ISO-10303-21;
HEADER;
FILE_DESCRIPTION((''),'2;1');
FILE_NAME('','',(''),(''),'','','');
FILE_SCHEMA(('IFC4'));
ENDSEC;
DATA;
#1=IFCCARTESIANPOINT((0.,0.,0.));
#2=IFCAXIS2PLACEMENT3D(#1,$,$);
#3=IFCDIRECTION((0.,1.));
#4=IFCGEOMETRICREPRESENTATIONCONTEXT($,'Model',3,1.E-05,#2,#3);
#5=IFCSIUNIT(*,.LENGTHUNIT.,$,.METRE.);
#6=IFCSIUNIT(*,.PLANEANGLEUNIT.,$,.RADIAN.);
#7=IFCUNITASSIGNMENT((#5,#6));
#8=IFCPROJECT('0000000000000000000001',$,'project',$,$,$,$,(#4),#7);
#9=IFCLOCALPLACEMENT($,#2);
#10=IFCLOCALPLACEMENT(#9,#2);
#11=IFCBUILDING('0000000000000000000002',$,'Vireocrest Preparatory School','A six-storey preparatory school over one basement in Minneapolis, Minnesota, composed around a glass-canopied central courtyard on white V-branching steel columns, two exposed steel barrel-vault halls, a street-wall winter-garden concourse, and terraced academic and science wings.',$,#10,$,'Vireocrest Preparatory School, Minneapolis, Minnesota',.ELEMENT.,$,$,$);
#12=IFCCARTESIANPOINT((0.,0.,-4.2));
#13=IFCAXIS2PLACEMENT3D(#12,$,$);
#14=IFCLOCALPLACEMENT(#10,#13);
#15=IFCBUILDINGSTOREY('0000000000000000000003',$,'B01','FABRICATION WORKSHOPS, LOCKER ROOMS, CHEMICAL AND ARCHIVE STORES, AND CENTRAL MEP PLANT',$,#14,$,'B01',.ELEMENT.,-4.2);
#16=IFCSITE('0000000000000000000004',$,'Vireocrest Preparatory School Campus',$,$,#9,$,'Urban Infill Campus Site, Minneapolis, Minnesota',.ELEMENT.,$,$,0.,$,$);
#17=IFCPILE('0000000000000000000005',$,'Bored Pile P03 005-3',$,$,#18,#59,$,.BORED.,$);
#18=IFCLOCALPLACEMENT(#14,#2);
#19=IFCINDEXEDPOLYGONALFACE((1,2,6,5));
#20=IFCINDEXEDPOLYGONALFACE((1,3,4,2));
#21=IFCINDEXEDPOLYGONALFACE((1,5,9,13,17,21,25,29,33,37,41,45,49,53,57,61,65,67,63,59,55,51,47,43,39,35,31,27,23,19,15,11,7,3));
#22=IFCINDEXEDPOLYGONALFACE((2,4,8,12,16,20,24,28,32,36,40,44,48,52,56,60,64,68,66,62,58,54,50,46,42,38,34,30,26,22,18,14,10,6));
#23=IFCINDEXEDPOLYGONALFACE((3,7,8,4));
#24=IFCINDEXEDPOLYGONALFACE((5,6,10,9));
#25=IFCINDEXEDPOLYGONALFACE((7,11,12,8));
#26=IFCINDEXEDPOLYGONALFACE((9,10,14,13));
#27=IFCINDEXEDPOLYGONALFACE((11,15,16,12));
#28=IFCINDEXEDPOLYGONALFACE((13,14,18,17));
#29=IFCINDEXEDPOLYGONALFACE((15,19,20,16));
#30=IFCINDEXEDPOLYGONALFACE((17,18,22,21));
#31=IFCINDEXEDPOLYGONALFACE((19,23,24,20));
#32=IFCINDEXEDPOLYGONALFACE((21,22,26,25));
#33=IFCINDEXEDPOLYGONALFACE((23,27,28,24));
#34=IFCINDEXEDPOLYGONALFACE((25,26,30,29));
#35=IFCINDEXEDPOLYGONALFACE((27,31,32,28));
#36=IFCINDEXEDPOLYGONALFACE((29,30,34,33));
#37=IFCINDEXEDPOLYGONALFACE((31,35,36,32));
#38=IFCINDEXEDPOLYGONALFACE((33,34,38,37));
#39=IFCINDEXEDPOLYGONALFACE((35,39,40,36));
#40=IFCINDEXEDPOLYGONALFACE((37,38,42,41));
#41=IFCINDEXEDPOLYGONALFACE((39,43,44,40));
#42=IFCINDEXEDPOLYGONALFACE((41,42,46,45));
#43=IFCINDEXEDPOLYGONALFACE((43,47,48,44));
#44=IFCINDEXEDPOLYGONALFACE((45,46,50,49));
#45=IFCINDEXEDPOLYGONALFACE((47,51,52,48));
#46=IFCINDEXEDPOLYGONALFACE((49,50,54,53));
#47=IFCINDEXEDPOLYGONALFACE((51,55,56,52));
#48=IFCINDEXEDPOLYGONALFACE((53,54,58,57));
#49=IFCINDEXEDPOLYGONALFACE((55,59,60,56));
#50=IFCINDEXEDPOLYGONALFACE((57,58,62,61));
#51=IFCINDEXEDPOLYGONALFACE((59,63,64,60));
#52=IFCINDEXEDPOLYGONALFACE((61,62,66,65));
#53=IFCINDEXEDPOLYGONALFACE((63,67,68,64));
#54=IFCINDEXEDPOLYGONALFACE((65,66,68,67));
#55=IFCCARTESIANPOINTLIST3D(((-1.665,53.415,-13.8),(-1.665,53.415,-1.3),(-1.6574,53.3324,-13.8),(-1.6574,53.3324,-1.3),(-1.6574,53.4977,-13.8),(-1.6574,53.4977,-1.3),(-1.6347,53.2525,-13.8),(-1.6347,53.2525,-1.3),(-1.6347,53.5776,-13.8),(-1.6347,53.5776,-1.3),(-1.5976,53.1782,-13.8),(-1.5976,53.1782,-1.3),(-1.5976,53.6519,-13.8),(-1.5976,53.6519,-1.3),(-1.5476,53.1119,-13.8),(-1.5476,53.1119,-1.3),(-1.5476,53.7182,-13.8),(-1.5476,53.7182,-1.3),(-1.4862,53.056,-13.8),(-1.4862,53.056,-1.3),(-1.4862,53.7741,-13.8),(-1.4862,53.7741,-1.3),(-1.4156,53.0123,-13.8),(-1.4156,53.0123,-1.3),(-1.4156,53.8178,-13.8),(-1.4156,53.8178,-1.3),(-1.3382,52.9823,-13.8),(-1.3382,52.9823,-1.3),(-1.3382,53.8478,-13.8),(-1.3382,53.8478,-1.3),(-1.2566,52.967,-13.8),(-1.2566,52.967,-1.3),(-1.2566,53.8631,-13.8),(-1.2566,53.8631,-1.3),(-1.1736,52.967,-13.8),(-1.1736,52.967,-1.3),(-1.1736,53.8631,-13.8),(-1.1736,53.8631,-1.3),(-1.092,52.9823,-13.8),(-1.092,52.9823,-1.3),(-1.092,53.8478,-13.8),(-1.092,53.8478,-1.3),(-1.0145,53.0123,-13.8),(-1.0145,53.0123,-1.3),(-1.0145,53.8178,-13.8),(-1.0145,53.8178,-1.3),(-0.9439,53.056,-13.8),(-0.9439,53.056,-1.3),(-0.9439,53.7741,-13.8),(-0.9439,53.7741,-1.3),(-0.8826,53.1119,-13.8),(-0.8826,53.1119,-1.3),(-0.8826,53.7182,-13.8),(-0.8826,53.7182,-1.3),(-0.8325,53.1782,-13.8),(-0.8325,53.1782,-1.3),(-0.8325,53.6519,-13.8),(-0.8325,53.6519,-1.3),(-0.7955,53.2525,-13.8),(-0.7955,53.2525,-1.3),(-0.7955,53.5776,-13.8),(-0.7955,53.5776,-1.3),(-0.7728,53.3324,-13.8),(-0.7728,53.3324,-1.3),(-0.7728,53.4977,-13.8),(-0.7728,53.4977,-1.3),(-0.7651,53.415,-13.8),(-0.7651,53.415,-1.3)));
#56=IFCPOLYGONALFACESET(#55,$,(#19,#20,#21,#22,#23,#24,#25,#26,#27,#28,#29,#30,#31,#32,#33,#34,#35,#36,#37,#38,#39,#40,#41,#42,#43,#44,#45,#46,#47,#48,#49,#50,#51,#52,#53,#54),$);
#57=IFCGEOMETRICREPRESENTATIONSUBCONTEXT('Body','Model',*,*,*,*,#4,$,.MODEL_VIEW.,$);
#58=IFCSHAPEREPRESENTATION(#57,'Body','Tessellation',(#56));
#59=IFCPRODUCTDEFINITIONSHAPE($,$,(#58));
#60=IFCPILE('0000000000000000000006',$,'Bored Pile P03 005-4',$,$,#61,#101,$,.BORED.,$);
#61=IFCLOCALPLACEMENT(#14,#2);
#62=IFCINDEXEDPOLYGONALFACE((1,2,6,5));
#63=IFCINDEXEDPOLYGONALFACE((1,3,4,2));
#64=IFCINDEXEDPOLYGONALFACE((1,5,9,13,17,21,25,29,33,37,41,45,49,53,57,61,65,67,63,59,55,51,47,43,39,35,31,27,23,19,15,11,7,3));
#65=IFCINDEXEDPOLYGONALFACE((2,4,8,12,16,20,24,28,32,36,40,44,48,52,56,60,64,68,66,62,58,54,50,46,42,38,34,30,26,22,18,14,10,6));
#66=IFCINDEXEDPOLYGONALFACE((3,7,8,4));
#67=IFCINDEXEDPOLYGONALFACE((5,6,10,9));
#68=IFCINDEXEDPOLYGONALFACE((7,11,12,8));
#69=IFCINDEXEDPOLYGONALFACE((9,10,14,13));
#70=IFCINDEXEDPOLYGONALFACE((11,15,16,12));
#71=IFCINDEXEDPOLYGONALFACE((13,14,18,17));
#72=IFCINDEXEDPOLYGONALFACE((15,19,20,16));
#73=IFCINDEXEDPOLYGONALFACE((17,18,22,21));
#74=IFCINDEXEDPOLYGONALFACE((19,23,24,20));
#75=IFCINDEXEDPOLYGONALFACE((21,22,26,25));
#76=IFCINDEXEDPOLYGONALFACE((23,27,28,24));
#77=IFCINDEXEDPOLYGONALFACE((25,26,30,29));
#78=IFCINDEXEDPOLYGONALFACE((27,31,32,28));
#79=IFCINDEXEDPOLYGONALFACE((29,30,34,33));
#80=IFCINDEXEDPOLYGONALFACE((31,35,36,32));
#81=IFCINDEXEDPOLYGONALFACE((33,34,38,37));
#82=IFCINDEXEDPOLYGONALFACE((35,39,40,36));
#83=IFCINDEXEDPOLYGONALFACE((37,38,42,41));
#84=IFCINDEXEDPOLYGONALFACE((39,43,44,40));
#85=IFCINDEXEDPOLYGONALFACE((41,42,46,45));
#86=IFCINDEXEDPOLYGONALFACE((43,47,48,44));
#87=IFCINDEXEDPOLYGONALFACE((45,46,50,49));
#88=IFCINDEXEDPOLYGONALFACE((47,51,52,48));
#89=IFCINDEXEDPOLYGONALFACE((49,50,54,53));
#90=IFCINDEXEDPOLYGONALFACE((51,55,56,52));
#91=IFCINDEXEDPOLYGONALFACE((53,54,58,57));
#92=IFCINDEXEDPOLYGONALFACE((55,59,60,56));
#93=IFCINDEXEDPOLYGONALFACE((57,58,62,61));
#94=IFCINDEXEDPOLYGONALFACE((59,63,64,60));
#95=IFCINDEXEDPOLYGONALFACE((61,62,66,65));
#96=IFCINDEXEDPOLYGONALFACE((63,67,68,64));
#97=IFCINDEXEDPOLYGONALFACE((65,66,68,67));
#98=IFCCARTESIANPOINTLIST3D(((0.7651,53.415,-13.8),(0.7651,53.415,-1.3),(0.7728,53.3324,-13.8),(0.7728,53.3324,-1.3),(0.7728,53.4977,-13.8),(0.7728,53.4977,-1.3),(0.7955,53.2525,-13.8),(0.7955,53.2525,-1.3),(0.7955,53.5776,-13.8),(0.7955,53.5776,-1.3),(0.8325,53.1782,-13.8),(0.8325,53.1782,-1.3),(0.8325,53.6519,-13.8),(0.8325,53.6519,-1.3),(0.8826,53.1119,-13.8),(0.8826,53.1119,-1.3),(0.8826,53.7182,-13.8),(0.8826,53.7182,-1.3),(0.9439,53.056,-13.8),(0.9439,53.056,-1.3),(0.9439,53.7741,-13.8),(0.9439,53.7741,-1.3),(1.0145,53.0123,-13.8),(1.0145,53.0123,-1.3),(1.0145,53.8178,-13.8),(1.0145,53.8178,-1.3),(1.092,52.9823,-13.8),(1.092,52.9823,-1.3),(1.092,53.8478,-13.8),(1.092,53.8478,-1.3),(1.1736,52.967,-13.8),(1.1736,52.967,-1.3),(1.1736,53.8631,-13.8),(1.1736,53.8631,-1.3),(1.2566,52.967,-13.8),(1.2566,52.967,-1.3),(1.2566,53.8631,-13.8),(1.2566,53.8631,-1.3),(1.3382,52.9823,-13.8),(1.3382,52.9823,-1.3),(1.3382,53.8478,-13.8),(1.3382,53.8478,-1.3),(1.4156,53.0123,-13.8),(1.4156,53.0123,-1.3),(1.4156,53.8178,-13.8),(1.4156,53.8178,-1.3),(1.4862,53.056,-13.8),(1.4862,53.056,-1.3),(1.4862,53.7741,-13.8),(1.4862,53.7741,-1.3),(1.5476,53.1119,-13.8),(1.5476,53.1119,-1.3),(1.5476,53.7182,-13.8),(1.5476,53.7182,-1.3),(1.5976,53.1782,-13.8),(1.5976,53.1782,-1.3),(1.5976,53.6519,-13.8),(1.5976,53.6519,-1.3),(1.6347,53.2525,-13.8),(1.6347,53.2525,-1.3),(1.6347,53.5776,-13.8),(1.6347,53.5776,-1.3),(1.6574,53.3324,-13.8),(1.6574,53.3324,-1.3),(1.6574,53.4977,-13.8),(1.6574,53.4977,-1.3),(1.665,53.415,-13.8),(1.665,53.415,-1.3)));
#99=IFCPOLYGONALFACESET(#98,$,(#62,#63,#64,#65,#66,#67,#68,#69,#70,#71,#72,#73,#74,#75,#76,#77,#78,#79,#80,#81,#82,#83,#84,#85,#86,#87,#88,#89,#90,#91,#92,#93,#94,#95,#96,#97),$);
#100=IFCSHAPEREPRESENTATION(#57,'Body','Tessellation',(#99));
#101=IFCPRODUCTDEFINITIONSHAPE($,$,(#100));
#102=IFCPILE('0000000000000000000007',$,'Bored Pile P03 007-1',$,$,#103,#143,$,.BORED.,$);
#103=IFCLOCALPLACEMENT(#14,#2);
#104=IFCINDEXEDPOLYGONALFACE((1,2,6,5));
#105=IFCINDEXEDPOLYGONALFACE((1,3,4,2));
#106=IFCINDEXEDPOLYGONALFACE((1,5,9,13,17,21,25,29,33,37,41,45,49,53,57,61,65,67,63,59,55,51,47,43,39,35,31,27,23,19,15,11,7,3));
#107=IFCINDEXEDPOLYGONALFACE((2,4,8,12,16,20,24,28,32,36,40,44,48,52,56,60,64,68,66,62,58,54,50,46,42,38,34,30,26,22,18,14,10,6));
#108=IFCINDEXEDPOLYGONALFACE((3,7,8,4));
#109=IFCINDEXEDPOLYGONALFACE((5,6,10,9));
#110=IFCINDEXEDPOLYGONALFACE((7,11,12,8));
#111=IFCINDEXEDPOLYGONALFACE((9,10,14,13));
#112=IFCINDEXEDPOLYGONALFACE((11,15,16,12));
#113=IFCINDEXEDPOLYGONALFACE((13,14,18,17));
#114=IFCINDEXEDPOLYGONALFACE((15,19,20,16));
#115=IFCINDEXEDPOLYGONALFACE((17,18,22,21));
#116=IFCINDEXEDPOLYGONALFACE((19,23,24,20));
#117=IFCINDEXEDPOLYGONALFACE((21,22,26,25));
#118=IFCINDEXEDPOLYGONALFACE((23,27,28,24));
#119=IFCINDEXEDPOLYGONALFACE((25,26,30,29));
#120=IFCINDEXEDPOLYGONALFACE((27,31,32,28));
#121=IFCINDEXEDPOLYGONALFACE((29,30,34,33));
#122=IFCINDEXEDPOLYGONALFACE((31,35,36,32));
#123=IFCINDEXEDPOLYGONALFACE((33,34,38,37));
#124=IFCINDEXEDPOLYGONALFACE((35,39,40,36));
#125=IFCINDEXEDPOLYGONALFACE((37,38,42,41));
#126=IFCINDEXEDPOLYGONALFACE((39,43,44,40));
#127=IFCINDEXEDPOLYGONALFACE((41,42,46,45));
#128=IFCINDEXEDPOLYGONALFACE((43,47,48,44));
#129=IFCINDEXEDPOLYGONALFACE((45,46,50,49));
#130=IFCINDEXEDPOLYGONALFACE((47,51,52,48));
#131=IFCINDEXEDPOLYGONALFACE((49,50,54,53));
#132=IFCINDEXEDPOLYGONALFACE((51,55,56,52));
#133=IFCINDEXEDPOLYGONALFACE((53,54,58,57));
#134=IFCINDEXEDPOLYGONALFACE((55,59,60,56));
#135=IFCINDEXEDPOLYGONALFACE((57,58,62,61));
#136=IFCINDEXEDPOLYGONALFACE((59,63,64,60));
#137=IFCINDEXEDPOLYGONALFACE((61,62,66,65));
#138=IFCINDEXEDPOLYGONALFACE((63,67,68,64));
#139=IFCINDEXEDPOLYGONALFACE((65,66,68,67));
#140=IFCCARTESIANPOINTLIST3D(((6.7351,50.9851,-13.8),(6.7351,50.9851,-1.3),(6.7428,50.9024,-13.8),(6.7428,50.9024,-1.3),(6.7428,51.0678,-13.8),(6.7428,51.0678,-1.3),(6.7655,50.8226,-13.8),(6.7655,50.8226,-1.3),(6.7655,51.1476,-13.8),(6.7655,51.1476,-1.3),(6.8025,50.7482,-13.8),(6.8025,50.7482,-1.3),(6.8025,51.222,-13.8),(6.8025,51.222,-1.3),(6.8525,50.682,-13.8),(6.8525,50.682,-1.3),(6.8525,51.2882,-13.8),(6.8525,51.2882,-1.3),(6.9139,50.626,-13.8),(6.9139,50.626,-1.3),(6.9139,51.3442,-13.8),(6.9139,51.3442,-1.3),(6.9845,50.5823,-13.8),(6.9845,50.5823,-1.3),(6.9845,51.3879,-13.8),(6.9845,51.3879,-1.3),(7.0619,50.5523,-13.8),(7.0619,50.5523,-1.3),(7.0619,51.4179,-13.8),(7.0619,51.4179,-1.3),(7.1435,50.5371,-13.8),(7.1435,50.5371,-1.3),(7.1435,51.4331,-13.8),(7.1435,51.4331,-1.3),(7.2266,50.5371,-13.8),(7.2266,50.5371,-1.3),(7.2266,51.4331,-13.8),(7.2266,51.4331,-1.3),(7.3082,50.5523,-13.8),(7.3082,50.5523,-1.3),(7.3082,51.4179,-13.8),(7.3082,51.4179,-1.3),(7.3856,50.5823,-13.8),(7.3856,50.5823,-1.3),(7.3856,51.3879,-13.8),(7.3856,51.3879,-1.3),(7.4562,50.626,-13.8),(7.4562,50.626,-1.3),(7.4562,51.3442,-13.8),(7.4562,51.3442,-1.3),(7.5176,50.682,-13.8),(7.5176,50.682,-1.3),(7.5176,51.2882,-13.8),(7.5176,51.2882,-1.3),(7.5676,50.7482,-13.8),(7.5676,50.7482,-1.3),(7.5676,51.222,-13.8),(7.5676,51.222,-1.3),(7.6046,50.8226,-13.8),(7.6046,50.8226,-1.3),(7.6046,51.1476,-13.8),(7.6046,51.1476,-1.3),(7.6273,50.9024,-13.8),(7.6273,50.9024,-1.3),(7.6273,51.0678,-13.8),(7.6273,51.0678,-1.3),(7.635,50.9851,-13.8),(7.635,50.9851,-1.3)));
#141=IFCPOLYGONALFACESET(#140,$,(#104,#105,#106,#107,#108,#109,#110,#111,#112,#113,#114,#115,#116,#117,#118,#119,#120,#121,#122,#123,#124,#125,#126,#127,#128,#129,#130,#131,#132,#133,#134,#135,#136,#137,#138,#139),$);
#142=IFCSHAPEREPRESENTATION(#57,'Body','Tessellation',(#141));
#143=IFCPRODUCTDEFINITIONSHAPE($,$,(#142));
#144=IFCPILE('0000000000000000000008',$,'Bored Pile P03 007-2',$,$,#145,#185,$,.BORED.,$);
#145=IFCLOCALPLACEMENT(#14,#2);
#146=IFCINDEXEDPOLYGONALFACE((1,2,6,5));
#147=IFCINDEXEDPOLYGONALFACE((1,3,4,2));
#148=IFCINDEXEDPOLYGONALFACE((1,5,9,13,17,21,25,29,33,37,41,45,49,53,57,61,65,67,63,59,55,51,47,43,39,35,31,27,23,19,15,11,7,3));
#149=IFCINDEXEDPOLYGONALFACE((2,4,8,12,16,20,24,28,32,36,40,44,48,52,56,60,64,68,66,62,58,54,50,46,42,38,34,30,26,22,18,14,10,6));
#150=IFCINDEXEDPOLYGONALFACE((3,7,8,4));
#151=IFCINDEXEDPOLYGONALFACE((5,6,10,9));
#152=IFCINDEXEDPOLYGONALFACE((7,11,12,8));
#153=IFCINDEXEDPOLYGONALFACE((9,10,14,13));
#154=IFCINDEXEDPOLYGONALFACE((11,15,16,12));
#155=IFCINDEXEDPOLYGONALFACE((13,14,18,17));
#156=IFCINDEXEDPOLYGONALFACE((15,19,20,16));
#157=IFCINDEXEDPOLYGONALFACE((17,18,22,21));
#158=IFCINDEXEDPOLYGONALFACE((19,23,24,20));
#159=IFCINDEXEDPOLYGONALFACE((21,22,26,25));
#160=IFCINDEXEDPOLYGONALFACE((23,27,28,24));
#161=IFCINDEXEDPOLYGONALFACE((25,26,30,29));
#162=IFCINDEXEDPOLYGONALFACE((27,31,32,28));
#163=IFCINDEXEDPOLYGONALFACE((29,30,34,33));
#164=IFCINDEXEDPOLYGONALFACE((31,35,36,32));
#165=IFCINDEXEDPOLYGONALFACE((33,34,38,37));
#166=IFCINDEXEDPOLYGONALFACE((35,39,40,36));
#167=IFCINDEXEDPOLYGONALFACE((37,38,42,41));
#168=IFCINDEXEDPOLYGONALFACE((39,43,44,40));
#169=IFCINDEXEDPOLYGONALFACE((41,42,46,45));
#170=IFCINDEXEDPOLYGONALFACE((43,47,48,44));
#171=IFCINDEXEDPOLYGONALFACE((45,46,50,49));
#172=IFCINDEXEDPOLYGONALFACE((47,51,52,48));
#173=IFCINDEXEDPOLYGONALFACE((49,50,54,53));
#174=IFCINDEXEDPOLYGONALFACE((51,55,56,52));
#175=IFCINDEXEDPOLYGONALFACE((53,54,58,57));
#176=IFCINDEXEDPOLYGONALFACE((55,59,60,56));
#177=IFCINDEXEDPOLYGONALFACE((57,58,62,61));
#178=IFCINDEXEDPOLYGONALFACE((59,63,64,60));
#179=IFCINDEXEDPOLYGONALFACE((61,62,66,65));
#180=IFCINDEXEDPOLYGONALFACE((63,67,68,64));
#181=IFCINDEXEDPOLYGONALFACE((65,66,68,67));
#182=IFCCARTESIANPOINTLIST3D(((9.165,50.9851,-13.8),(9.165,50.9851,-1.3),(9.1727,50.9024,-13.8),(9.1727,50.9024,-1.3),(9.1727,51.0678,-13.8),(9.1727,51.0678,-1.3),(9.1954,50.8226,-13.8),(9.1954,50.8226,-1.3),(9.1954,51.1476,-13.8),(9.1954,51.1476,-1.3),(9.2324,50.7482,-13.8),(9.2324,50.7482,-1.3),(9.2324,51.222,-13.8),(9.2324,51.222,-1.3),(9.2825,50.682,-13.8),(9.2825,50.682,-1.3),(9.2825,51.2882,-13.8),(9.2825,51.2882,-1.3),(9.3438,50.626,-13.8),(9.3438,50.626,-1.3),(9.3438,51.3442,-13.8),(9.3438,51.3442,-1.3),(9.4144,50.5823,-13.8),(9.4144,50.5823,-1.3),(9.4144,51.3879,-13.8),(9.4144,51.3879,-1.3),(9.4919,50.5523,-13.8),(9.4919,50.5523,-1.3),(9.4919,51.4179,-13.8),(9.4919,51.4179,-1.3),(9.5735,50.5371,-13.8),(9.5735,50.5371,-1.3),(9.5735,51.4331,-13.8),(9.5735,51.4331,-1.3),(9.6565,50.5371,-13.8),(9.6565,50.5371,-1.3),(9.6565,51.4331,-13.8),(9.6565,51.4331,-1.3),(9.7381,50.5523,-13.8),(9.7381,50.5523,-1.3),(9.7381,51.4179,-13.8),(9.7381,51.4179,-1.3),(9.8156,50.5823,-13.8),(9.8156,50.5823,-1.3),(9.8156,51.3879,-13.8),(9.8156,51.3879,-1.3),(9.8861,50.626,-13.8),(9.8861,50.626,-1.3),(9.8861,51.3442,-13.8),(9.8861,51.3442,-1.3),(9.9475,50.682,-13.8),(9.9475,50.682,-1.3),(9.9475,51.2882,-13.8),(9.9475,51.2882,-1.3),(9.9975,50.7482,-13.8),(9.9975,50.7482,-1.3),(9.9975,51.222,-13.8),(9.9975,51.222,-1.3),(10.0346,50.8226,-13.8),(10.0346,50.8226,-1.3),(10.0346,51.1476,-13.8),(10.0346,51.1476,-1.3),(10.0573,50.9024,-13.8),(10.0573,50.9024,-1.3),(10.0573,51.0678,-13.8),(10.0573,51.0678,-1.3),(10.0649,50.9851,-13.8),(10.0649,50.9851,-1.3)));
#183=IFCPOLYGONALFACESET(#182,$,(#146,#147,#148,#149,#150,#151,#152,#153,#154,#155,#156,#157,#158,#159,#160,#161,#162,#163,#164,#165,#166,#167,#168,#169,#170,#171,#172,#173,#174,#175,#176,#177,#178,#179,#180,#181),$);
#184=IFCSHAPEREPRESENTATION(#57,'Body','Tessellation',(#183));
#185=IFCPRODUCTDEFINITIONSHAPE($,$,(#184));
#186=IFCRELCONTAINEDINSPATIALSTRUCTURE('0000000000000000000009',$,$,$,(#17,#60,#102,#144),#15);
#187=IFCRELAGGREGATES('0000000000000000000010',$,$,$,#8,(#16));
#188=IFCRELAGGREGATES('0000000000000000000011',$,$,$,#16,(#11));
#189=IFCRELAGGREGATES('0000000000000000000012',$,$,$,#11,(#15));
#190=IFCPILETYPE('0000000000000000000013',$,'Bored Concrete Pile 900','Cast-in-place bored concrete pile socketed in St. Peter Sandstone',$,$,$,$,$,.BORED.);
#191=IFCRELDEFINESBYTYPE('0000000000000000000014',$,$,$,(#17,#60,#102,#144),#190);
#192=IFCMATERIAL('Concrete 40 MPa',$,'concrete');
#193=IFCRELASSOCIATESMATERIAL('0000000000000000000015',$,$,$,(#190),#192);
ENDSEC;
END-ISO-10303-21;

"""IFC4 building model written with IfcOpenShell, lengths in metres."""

from ifc_helpers import new_model, si_unit, direction, frame, origin, origin_2d, place, context, subcontext, project, spatial, circle, extrude, material, material_profile, profile_set, type_object, element, save


model = new_model("IFC4")

# Units and contexts
model_context = context("Model", 3, precision=1e-05, world=origin(), true_north=direction((0.0, 1.0)))
body_context = subcontext(model_context, "Body", "Model", "MODEL_VIEW")
ifc_project = project(units=[si_unit("LENGTHUNIT", "METRE"), si_unit("PLANEANGLEUNIT", "RADIAN")], contexts=[model_context])

# Site, building, storey
site_placement = place(None, origin())
site = spatial("IfcSite", under=ifc_project, at=site_placement, Name="Vireocrest Preparatory School Campus", LongName="Urban Infill Campus Site, Minneapolis, Minnesota", CompositionType="ELEMENT", RefElevation=0.0)
building_placement = place(site_placement, origin())
building = spatial("IfcBuilding", under=site, at=building_placement, Name="Vireocrest Preparatory School", Description="A six-storey preparatory school over one basement in Minneapolis, Minnesota, composed around a glass-canopied central courtyard on white V-branching steel columns, two exposed steel barrel-vault halls, a street-wall winter-garden concourse, and terraced academic and science wings.", LongName="Vireocrest Preparatory School, Minneapolis, Minnesota", CompositionType="ELEMENT")
storey_placement = place(building_placement, frame((0.0, 0.0, -4.2)))
storey = spatial("IfcBuildingStorey", under=building, at=storey_placement, Name="B01", Description="FABRICATION WORKSHOPS, LOCKER ROOMS, CHEMICAL AND ARCHIVE STORES, AND CENTRAL MEP PLANT", LongName="B01", CompositionType="ELEMENT", Elevation=-4.2)

# Piles
ifc_material_1 = material(Name="Concrete 40 MPa", Category="concrete")
ifc_material_profile_1 = material_profile(ifc_material_1, circle(Radius=0.45, at=origin_2d()), Name="BORED PILE 900")
ifc_profile_set_1 = profile_set([ifc_material_profile_1], Name="Concrete 40 MPa")
pile_type = type_object("IfcPileType", Name="Bored Concrete Pile 900", Description="Cast-in-place bored concrete pile socketed in St. Peter Sandstone", PredefinedType="BORED", material=ifc_profile_set_1)
for number, where, z_axis, x_axis, name in (
    (1, (-1.2151, 53.415, -1.3), (0.0, 0.0, -1.0), (1.0, 0.0, 0.0), "Bored Pile P03 005-3"),
    (2, (1.2151, 53.415, -1.3), (0.0, 0.0, -1.0), (1.0, 0.0, 0.0), "Bored Pile P03 005-4"),
    (3, (7.1851, 50.9851, -1.3), (0.0, 0.0, -1.0), (1.0, 0.0, 0.0), "Bored Pile P03 007-1"),
    (4, (9.615, 50.9851, -1.3), (0.0, 0.0, -1.0), (1.0, 0.0, 0.0), "Bored Pile P03 007-2"),
):
    element("IfcPile", number, at=place(storey_placement, frame(where, z_axis=z_axis, x_axis=x_axis)), inside=storey, type_object=pile_type, Name=name, PredefinedType="BORED", context=body_context, shape_type="SweptSolid", body=[
        extrude(circle(Radius=0.45, at=origin_2d()), origin(), (0.0, 0.0, 1.0), 12.5),
    ])

save(model, "model.ifc")
